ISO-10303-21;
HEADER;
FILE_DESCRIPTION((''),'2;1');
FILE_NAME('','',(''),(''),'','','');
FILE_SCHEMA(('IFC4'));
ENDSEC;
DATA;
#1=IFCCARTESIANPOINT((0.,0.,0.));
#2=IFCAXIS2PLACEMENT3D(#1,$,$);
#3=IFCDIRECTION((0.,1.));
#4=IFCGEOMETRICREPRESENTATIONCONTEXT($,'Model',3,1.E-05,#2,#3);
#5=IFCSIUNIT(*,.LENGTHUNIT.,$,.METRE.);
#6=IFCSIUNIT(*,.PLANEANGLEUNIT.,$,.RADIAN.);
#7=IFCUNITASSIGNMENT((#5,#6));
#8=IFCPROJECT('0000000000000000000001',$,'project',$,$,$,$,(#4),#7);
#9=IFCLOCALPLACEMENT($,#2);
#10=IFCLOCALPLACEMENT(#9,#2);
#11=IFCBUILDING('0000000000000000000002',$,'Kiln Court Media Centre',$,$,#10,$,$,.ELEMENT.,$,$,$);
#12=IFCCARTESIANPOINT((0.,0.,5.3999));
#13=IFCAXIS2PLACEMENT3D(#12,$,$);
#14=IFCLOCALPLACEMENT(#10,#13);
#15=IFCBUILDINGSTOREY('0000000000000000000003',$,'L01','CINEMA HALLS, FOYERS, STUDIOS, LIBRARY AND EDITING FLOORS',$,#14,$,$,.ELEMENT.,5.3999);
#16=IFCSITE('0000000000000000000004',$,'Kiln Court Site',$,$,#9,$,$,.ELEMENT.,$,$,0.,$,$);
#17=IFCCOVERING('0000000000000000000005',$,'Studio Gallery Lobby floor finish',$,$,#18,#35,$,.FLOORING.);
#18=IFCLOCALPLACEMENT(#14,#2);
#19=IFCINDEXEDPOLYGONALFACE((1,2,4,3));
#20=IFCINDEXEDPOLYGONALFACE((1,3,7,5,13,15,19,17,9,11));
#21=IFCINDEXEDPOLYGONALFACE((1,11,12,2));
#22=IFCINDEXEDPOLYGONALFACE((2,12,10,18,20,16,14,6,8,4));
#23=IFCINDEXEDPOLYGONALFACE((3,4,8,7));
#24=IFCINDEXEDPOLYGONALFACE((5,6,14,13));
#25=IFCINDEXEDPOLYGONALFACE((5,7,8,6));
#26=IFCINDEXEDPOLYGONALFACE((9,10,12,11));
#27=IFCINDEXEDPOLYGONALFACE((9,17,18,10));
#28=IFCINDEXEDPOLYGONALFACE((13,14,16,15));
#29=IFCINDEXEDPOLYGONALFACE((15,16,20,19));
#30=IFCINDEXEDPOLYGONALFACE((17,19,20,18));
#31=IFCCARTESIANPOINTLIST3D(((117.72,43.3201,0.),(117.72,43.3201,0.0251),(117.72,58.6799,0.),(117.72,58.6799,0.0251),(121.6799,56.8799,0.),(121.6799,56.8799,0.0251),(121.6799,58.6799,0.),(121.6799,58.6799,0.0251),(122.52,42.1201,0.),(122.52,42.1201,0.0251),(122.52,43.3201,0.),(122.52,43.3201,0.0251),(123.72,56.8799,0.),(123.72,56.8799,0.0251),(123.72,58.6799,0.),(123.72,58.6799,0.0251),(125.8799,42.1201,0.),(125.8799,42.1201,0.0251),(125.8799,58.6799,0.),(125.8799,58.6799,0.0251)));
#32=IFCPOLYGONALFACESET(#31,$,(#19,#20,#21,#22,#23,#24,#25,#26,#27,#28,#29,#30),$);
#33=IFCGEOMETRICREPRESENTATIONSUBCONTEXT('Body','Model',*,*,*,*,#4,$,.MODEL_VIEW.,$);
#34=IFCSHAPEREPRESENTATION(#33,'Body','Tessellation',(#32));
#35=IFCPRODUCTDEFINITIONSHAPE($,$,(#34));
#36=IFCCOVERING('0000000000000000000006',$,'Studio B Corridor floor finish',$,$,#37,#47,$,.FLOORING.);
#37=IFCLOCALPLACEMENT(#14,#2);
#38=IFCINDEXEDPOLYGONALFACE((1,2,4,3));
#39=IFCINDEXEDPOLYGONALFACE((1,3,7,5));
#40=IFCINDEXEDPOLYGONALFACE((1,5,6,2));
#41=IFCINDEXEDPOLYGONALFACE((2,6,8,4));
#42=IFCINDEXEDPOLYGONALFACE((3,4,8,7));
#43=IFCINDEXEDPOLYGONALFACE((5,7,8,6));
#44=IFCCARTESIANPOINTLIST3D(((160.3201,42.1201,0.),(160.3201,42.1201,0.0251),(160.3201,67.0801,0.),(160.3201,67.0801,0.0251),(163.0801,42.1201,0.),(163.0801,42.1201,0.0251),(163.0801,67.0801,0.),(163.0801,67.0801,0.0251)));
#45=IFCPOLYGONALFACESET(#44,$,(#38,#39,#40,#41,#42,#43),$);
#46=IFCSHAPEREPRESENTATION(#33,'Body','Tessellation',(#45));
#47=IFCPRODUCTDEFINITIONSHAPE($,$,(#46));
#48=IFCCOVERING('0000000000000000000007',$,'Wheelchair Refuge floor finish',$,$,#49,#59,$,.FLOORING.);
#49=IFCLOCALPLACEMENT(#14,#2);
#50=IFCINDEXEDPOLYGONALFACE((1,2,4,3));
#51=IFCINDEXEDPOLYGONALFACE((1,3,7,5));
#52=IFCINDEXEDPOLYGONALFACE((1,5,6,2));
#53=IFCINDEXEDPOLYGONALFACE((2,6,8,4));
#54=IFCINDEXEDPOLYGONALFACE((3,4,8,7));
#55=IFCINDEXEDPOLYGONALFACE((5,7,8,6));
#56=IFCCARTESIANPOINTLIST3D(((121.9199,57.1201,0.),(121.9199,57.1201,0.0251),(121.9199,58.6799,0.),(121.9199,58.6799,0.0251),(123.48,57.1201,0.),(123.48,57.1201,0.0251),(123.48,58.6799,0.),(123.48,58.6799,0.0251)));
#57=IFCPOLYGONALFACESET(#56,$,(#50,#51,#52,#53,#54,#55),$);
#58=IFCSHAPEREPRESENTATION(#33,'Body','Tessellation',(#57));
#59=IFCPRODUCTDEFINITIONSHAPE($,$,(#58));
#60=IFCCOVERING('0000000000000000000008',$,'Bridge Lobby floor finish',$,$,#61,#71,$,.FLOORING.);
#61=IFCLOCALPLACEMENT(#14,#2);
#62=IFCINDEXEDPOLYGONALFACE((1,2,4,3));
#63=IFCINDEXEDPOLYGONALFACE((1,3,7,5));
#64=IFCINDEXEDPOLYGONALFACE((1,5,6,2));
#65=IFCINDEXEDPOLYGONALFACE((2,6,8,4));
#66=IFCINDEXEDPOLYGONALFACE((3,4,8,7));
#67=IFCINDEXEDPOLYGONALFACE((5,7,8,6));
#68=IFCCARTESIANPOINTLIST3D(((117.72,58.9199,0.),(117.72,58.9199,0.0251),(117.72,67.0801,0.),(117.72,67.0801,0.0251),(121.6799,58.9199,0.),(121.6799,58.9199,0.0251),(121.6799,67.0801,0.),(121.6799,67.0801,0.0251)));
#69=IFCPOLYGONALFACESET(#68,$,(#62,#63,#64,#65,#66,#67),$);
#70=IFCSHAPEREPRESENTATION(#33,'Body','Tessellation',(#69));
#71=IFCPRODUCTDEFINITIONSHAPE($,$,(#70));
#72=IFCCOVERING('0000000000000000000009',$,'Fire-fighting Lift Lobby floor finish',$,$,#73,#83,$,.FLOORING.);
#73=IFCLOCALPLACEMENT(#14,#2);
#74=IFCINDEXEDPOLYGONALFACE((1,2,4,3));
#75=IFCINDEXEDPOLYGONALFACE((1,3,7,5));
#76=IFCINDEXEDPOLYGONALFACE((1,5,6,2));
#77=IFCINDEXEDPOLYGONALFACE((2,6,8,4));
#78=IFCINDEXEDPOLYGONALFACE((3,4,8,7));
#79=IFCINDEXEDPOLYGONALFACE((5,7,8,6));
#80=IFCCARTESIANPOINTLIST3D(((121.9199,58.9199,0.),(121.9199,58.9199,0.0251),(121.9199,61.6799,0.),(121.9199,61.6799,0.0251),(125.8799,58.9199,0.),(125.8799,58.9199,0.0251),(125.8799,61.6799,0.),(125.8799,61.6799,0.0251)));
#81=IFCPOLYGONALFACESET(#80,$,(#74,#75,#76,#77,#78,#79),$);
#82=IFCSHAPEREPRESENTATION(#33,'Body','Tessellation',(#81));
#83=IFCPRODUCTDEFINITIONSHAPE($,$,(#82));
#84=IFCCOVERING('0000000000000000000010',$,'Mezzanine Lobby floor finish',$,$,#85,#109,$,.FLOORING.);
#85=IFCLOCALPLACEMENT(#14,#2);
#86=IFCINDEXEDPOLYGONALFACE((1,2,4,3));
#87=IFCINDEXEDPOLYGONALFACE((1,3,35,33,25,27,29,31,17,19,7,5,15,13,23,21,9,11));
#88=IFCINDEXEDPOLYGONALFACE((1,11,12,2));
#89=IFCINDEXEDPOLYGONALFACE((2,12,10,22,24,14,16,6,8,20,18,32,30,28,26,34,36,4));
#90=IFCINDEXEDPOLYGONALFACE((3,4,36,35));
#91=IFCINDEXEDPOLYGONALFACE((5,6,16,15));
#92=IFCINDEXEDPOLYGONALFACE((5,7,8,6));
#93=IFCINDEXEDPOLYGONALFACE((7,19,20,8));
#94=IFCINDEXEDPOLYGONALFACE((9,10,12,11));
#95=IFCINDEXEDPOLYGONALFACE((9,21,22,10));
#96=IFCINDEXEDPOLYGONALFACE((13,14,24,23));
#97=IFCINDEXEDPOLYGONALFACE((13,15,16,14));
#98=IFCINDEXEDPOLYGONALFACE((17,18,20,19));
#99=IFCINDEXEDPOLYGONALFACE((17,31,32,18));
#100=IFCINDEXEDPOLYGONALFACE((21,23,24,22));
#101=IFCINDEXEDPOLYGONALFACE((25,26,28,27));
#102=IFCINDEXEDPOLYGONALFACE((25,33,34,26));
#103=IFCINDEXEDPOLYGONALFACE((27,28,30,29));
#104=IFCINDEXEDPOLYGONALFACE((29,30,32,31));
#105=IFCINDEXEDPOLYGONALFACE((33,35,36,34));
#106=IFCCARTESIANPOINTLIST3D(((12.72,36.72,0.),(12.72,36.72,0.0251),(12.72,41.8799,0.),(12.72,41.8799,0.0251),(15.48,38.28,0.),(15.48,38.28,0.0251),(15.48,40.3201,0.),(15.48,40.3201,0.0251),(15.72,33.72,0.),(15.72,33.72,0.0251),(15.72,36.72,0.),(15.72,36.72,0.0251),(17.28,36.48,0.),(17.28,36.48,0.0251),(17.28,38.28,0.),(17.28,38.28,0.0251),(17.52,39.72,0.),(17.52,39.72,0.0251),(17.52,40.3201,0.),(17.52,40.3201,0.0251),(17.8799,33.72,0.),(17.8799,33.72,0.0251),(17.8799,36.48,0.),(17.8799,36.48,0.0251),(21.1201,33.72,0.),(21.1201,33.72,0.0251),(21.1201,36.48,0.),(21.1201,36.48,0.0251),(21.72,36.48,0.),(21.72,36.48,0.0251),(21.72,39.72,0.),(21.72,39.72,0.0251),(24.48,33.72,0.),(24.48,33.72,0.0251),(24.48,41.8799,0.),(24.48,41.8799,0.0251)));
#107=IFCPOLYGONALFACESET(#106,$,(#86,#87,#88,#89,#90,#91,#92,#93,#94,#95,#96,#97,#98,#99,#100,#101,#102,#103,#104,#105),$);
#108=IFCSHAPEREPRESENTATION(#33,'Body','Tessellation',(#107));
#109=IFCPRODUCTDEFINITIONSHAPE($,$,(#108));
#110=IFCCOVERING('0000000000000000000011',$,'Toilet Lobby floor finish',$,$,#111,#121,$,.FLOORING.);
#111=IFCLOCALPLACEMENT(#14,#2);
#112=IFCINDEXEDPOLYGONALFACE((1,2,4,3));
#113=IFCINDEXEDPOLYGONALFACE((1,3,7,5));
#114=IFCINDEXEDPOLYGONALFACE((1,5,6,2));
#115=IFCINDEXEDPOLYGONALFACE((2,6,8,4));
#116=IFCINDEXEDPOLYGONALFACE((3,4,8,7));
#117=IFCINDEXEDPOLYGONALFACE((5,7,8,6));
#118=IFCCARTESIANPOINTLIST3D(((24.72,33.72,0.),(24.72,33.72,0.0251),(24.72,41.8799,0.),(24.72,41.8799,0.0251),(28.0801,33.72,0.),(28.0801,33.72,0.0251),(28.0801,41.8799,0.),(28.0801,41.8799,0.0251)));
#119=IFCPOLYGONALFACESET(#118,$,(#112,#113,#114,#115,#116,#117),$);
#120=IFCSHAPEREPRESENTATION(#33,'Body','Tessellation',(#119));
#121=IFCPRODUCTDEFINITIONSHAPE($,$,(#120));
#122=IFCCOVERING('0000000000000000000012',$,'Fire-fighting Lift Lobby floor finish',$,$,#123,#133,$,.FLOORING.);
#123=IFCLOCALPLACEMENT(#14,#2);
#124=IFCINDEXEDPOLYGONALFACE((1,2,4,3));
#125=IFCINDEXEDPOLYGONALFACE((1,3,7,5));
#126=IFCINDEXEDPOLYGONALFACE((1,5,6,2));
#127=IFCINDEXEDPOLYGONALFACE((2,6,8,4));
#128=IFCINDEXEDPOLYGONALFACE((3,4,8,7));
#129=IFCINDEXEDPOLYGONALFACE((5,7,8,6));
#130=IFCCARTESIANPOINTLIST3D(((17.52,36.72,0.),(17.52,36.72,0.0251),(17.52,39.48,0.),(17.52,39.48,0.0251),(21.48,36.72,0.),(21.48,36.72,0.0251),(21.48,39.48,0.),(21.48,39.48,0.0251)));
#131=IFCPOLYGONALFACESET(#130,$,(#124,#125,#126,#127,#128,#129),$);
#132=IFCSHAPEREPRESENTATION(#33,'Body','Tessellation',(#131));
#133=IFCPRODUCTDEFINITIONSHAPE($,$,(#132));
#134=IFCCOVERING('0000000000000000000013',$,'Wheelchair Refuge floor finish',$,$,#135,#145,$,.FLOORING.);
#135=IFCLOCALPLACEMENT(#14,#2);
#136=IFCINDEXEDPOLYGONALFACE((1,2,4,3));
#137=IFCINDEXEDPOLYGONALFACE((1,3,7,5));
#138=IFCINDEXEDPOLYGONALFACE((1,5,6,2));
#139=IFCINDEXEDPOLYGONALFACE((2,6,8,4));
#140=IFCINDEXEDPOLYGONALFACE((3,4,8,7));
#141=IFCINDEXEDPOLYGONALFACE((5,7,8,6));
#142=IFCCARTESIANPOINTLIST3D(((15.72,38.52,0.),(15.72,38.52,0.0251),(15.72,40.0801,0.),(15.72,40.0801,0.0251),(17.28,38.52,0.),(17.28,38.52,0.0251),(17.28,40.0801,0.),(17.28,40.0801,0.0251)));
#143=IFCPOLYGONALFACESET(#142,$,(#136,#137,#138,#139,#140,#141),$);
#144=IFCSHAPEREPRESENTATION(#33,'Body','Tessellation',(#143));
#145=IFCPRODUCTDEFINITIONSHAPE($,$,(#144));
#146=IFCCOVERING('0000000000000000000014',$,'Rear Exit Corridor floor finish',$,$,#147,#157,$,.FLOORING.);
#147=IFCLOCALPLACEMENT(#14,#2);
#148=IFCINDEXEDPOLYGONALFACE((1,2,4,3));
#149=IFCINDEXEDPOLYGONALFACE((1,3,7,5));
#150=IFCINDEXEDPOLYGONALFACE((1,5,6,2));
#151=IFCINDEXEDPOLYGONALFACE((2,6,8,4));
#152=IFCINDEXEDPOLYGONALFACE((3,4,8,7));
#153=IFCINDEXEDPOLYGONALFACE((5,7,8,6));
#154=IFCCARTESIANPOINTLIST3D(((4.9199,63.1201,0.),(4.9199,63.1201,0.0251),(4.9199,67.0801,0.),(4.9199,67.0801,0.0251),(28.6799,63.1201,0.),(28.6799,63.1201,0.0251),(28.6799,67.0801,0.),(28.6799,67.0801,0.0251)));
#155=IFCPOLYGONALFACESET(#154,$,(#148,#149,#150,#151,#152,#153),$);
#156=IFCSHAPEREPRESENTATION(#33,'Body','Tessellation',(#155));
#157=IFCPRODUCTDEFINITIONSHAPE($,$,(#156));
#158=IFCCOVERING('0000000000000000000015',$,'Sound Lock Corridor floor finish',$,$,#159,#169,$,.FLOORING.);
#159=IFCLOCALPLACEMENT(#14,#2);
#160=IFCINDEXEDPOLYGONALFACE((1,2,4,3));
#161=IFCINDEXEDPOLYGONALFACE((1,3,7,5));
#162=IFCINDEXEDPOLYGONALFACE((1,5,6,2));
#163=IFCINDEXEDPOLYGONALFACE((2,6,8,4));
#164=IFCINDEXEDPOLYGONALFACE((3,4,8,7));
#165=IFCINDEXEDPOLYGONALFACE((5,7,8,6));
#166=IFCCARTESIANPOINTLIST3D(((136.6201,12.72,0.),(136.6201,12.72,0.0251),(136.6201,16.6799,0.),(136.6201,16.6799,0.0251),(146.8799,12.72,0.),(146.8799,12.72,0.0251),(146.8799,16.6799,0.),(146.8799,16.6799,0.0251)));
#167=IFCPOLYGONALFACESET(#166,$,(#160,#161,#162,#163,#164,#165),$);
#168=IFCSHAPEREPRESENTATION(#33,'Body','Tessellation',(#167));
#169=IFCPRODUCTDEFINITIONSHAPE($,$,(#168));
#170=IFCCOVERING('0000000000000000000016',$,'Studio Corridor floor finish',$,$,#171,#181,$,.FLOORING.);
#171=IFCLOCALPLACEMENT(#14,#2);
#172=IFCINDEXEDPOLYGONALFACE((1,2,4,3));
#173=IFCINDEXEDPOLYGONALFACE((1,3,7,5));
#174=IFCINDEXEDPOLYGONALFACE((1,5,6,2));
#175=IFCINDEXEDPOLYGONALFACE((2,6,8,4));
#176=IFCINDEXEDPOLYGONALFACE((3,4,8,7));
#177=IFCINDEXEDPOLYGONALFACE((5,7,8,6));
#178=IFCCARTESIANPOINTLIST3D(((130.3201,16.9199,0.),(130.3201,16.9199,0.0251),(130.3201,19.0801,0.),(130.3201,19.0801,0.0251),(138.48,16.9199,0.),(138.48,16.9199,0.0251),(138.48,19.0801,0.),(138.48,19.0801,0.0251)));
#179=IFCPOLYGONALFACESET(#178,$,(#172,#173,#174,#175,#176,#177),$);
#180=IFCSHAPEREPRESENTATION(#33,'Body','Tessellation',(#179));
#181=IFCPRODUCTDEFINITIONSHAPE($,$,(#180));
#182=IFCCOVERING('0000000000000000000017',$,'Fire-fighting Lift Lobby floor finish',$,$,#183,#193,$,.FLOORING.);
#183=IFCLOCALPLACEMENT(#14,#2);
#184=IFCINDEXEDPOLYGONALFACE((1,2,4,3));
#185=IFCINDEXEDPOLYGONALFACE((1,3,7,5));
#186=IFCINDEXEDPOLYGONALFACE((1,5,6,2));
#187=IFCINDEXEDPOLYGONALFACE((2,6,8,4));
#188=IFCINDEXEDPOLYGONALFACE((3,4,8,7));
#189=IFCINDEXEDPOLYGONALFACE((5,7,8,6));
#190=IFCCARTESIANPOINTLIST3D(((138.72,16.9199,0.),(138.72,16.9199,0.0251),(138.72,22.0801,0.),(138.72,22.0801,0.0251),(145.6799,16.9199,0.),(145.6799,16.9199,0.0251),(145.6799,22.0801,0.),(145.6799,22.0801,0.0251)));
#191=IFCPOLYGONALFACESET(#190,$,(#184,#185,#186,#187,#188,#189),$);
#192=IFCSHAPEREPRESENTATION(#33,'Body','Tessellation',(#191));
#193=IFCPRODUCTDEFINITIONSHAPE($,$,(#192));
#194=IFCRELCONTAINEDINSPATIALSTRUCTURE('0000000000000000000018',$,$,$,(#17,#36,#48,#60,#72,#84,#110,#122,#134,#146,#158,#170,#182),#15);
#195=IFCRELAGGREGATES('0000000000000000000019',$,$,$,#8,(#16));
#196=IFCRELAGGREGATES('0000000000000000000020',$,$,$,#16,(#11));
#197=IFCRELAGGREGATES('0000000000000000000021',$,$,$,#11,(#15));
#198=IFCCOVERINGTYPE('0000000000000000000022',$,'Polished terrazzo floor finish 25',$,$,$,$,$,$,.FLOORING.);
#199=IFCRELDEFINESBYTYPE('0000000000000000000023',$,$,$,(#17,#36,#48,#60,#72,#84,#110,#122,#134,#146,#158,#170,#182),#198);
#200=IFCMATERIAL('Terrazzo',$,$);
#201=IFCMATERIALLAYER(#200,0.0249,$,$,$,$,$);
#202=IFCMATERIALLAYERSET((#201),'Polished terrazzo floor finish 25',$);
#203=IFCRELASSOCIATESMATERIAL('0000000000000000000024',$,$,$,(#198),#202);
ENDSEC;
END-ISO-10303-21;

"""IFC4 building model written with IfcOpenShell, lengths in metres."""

from ifc_helpers import new_model, si_unit, direction, frame, origin, place, context, subcontext, project, spatial, polyline, outline, extrude, material, layer, layer_set, type_object, element, save


model = new_model("IFC4")

# Units and contexts
model_context = context("Model", 3, precision=1e-05, world=origin(), true_north=direction((0.0, 1.0)))
body_context = subcontext(model_context, "Body", "Model", "MODEL_VIEW")
ifc_project = project(units=[si_unit("LENGTHUNIT", "METRE"), si_unit("PLANEANGLEUNIT", "RADIAN")], contexts=[model_context])

# Site, building, storey
site_placement = place(None, origin())
site = spatial("IfcSite", under=ifc_project, at=site_placement, Name="Kiln Court Site", CompositionType="ELEMENT", RefElevation=0.0)
building_placement = place(site_placement, origin())
building = spatial("IfcBuilding", under=site, at=building_placement, Name="Kiln Court Media Centre", CompositionType="ELEMENT")
storey_placement = place(building_placement, frame((0.0, 0.0, 5.3999)))
storey = spatial("IfcBuildingStorey", under=building, at=storey_placement, Name="L01", Description="CINEMA HALLS, FOYERS, STUDIOS, LIBRARY AND EDITING FLOORS", CompositionType="ELEMENT", Elevation=5.3999)

# Coverings
ifc_material = material(Name="Terrazzo")
ifc_layer = layer(ifc_material, 0.0249)
ifc_layer_set = layer_set([ifc_layer], Name="Polished terrazzo floor finish 25")
covering_type = type_object("IfcCoveringType", Name="Polished terrazzo floor finish 25", PredefinedType="FLOORING", material=ifc_layer_set)
covering_1_placement = place(storey_placement, origin())
element("IfcCovering", 1, at=covering_1_placement, inside=storey, type_object=covering_type, Name="Studio Gallery Lobby floor finish", PredefinedType="FLOORING", context=body_context, shape_type="SweptSolid", body=[
    extrude(outline(polyline([(125.8799, 58.6799), (123.72, 58.6799), (123.72, 56.8799), (121.6799, 56.8799), (121.6799, 58.6799), (117.72, 58.6799), (117.72, 43.3201), (122.52, 43.3201), (122.52, 42.1201), (125.8799, 42.1201), (125.8799, 58.6799)])), origin(), (0.0, 0.0, 1.0), 0.0251),
])
covering_2_placement = place(storey_placement, origin())
element("IfcCovering", 2, at=covering_2_placement, inside=storey, type_object=covering_type, Name="Studio B Corridor floor finish", PredefinedType="FLOORING", context=body_context, shape_type="SweptSolid", body=[
    extrude(outline(polyline([(160.3201, 42.1201), (163.0801, 42.1201), (163.0801, 67.0801), (160.3201, 67.0801), (160.3201, 42.1201)])), origin(), (0.0, 0.0, 1.0), 0.0251),
])
covering_3_placement = place(storey_placement, origin())
element("IfcCovering", 3, at=covering_3_placement, inside=storey, type_object=covering_type, Name="Wheelchair Refuge floor finish", PredefinedType="FLOORING", context=body_context, shape_type="SweptSolid", body=[
    extrude(outline(polyline([(121.9199, 57.1201), (123.48, 57.1201), (123.48, 58.6799), (121.9199, 58.6799), (121.9199, 57.1201)])), origin(), (0.0, 0.0, 1.0), 0.0251),
])
covering_4_placement = place(storey_placement, origin())
element("IfcCovering", 4, at=covering_4_placement, inside=storey, type_object=covering_type, Name="Bridge Lobby floor finish", PredefinedType="FLOORING", context=body_context, shape_type="SweptSolid", body=[
    extrude(outline(polyline([(117.72, 58.9199), (121.6799, 58.9199), (121.6799, 67.0801), (117.72, 67.0801), (117.72, 58.9199)])), origin(), (0.0, 0.0, 1.0), 0.0251),
])
covering_5_placement = place(storey_placement, origin())
element("IfcCovering", 5, at=covering_5_placement, inside=storey, type_object=covering_type, Name="Fire-fighting Lift Lobby floor finish", PredefinedType="FLOORING", context=body_context, shape_type="SweptSolid", body=[
    extrude(outline(polyline([(121.9199, 58.9199), (125.8799, 58.9199), (125.8799, 61.6799), (121.9199, 61.6799), (121.9199, 58.9199)])), origin(), (0.0, 0.0, 1.0), 0.0251),
])
covering_6_placement = place(storey_placement, origin())
element("IfcCovering", 6, at=covering_6_placement, inside=storey, type_object=covering_type, Name="Mezzanine Lobby floor finish", PredefinedType="FLOORING", context=body_context, shape_type="SweptSolid", body=[
    extrude(outline(polyline([(17.28, 36.48), (17.28, 38.28), (15.48, 38.28), (15.48, 40.3201), (17.52, 40.3201), (17.52, 39.72), (21.72, 39.72), (21.72, 36.48), (21.1201, 36.48), (21.1201, 33.72), (24.48, 33.72), (24.48, 41.8799), (12.72, 41.8799), (12.72, 36.72), (15.72, 36.72), (15.72, 33.72), (17.8799, 33.72), (17.8799, 36.48), (17.28, 36.48)])), origin(), (0.0, 0.0, 1.0), 0.0251),
])
covering_7_placement = place(storey_placement, origin())
element("IfcCovering", 7, at=covering_7_placement, inside=storey, type_object=covering_type, Name="Toilet Lobby floor finish", PredefinedType="FLOORING", context=body_context, shape_type="SweptSolid", body=[
    extrude(outline(polyline([(28.0801, 33.72), (28.0801, 41.8799), (24.72, 41.8799), (24.72, 33.72), (28.0801, 33.72)])), origin(), (0.0, 0.0, 1.0), 0.0251),
])
covering_8_placement = place(storey_placement, origin())
element("IfcCovering", 8, at=covering_8_placement, inside=storey, type_object=covering_type, Name="Fire-fighting Lift Lobby floor finish", PredefinedType="FLOORING", context=body_context, shape_type="SweptSolid", body=[
    extrude(outline(polyline([(17.52, 36.72), (21.48, 36.72), (21.48, 39.48), (17.52, 39.48), (17.52, 36.72)])), origin(), (0.0, 0.0, 1.0), 0.0251),
])
covering_9_placement = place(storey_placement, origin())
element("IfcCovering", 9, at=covering_9_placement, inside=storey, type_object=covering_type, Name="Wheelchair Refuge floor finish", PredefinedType="FLOORING", context=body_context, shape_type="SweptSolid", body=[
    extrude(outline(polyline([(15.72, 38.52), (17.28, 38.52), (17.28, 40.0801), (15.72, 40.0801), (15.72, 38.52)])), origin(), (0.0, 0.0, 1.0), 0.0251),
])
covering_10_placement = place(storey_placement, origin())
element("IfcCovering", 10, at=covering_10_placement, inside=storey, type_object=covering_type, Name="Rear Exit Corridor floor finish", PredefinedType="FLOORING", context=body_context, shape_type="SweptSolid", body=[
    extrude(outline(polyline([(4.9199, 63.1201), (28.6799, 63.1201), (28.6799, 67.0801), (4.9199, 67.0801), (4.9199, 63.1201)])), origin(), (0.0, 0.0, 1.0), 0.0251),
])
covering_11_placement = place(storey_placement, origin())
element("IfcCovering", 11, at=covering_11_placement, inside=storey, type_object=covering_type, Name="Sound Lock Corridor floor finish", PredefinedType="FLOORING", context=body_context, shape_type="SweptSolid", body=[
    extrude(outline(polyline([(136.6201, 12.72), (146.8799, 12.72), (146.8799, 16.6799), (136.6201, 16.6799), (136.6201, 12.72)])), origin(), (0.0, 0.0, 1.0), 0.0251),
])
covering_12_placement = place(storey_placement, origin())
element("IfcCovering", 12, at=covering_12_placement, inside=storey, type_object=covering_type, Name="Studio Corridor floor finish", PredefinedType="FLOORING", context=body_context, shape_type="SweptSolid", body=[
    extrude(outline(polyline([(130.3201, 16.9199), (138.48, 16.9199), (138.48, 19.0801), (130.3201, 19.0801), (130.3201, 16.9199)])), origin(), (0.0, 0.0, 1.0), 0.0251),
])
covering_13_placement = place(storey_placement, origin())
element("IfcCovering", 13, at=covering_13_placement, inside=storey, type_object=covering_type, Name="Fire-fighting Lift Lobby floor finish", PredefinedType="FLOORING", context=body_context, shape_type="SweptSolid", body=[
    extrude(outline(polyline([(138.72, 16.9199), (145.6799, 16.9199), (145.6799, 22.0801), (138.72, 22.0801), (138.72, 16.9199)])), origin(), (0.0, 0.0, 1.0), 0.0251),
])

save(model, "model.ifc")
